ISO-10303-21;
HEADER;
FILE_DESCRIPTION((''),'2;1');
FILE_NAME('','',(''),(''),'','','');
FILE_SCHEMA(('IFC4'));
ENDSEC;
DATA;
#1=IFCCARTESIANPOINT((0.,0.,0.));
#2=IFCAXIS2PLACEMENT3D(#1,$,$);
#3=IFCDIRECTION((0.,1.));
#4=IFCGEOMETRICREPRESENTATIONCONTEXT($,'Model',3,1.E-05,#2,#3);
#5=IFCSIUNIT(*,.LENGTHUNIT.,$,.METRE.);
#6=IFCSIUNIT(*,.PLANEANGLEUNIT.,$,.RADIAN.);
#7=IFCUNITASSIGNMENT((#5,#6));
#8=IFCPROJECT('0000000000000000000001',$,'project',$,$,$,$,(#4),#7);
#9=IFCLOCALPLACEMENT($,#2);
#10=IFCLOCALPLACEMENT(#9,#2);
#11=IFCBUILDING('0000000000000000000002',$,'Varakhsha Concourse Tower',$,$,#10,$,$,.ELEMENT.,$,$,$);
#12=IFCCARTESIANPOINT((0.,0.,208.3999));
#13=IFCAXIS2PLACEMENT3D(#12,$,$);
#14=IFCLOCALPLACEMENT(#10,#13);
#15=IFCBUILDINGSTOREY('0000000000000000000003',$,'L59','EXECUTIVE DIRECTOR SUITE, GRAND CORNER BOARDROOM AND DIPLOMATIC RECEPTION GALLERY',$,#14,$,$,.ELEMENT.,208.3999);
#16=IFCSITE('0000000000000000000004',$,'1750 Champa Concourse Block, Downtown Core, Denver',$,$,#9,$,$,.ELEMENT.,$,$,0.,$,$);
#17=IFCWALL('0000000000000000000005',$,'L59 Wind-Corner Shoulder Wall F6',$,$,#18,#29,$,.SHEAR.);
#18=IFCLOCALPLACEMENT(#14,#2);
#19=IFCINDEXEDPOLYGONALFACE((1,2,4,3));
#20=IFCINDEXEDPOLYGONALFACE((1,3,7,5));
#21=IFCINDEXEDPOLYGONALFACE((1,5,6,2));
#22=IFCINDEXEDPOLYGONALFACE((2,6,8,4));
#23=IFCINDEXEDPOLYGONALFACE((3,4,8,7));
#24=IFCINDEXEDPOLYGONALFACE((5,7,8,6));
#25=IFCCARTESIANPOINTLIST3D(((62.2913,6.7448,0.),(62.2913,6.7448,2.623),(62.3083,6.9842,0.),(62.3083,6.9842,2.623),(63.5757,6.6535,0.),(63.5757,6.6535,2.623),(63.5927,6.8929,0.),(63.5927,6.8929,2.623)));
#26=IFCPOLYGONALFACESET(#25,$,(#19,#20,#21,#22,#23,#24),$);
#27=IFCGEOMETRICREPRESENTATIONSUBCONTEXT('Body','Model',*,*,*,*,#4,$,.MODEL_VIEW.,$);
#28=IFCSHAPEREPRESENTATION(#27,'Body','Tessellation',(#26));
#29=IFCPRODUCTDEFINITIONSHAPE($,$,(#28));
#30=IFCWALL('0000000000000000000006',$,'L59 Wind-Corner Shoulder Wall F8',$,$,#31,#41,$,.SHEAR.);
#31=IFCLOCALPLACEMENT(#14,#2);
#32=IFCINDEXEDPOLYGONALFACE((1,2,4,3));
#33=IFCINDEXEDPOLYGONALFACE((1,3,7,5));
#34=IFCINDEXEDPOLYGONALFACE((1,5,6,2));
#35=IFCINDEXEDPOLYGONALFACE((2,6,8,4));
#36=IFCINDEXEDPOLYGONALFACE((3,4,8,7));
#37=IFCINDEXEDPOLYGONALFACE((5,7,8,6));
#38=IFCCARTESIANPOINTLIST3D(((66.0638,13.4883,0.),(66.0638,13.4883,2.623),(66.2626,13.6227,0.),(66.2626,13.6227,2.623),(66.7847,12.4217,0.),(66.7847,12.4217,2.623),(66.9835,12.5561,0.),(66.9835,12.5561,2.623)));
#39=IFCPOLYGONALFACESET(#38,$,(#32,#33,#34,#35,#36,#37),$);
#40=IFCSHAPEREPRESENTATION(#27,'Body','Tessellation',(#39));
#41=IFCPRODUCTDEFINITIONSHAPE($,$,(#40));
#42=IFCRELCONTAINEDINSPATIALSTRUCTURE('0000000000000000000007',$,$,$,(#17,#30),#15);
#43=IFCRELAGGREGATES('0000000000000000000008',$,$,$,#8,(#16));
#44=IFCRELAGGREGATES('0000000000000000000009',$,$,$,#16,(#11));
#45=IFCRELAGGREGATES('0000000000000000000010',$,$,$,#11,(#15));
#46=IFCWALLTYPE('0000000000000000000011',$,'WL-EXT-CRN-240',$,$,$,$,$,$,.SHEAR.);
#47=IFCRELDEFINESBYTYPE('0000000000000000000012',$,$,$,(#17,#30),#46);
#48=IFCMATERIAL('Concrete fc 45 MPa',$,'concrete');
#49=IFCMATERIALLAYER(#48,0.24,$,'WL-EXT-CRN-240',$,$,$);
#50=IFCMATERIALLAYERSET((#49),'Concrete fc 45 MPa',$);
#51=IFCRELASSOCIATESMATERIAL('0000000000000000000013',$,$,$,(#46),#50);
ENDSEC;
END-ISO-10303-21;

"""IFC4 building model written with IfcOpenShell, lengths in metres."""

from ifc_helpers import new_model, si_unit, direction, frame, frame_2d, origin, place, context, subcontext, project, spatial, rectangle, extrude, material, layer, layer_set, type_object, element, save


model = new_model("IFC4")

# Units and contexts
model_context = context("Model", 3, precision=1e-05, world=origin(), true_north=direction((0.0, 1.0)))
body_context = subcontext(model_context, "Body", "Model", "MODEL_VIEW")
ifc_project = project(units=[si_unit("LENGTHUNIT", "METRE"), si_unit("PLANEANGLEUNIT", "RADIAN")], contexts=[model_context])

# Site, building, storey
site_placement = place(None, origin())
site = spatial("IfcSite", under=ifc_project, at=site_placement, Name="1750 Champa Concourse Block, Downtown Core, Denver", CompositionType="ELEMENT", RefElevation=0.0)
building_placement = place(site_placement, origin())
building = spatial("IfcBuilding", under=site, at=building_placement, Name="Varakhsha Concourse Tower", CompositionType="ELEMENT")
storey_placement = place(building_placement, frame((0.0, 0.0, 208.3999)))
storey = spatial("IfcBuildingStorey", under=building, at=storey_placement, Name="L59", Description="EXECUTIVE DIRECTOR SUITE, GRAND CORNER BOARDROOM AND DIPLOMATIC RECEPTION GALLERY", CompositionType="ELEMENT", Elevation=208.3999)

# Walls
ifc_material_1 = material(Name="Concrete fc 45 MPa", Category="concrete")
ifc_layer_1 = layer(ifc_material_1, 0.24, Name="WL-EXT-CRN-240")
ifc_layer_set_1 = layer_set([ifc_layer_1], Name="Concrete fc 45 MPa")
wall_type = type_object("IfcWallType", Name="WL-EXT-CRN-240", PredefinedType="SHEAR", material=ifc_layer_set_1)
wall_1_placement = place(storey_placement, frame((62.2998, 6.8645, 0.0), z_axis=(0.0, 0.0, 1.0), x_axis=(0.997483, -0.07091, 0.0)))
element("IfcWall", 1, at=wall_1_placement, inside=storey, type_object=wall_type, Name="L59 Wind-Corner Shoulder Wall F6", PredefinedType="SHEAR", context=body_context, shape_type="SweptSolid", body=[
    extrude(rectangle(XDim=1.2876, YDim=0.24, at=frame_2d((0.6438, 0.0))), origin(), (0.0, 0.0, 1.0), 2.623),
])
wall_2_placement = place(storey_placement, frame((66.884, 12.489, 0.0), z_axis=(0.0, 0.0, 1.0), x_axis=(-0.559984, 0.828503, 0.0)))
element("IfcWall", 2, at=wall_2_placement, inside=storey, type_object=wall_type, Name="L59 Wind-Corner Shoulder Wall F8", PredefinedType="SHEAR", context=body_context, shape_type="SweptSolid", body=[
    extrude(rectangle(XDim=1.2874, YDim=0.24, at=frame_2d((0.6436, 0.0))), origin(), (0.0, 0.0, 1.0), 2.623),
])

save(model, "model.ifc")
